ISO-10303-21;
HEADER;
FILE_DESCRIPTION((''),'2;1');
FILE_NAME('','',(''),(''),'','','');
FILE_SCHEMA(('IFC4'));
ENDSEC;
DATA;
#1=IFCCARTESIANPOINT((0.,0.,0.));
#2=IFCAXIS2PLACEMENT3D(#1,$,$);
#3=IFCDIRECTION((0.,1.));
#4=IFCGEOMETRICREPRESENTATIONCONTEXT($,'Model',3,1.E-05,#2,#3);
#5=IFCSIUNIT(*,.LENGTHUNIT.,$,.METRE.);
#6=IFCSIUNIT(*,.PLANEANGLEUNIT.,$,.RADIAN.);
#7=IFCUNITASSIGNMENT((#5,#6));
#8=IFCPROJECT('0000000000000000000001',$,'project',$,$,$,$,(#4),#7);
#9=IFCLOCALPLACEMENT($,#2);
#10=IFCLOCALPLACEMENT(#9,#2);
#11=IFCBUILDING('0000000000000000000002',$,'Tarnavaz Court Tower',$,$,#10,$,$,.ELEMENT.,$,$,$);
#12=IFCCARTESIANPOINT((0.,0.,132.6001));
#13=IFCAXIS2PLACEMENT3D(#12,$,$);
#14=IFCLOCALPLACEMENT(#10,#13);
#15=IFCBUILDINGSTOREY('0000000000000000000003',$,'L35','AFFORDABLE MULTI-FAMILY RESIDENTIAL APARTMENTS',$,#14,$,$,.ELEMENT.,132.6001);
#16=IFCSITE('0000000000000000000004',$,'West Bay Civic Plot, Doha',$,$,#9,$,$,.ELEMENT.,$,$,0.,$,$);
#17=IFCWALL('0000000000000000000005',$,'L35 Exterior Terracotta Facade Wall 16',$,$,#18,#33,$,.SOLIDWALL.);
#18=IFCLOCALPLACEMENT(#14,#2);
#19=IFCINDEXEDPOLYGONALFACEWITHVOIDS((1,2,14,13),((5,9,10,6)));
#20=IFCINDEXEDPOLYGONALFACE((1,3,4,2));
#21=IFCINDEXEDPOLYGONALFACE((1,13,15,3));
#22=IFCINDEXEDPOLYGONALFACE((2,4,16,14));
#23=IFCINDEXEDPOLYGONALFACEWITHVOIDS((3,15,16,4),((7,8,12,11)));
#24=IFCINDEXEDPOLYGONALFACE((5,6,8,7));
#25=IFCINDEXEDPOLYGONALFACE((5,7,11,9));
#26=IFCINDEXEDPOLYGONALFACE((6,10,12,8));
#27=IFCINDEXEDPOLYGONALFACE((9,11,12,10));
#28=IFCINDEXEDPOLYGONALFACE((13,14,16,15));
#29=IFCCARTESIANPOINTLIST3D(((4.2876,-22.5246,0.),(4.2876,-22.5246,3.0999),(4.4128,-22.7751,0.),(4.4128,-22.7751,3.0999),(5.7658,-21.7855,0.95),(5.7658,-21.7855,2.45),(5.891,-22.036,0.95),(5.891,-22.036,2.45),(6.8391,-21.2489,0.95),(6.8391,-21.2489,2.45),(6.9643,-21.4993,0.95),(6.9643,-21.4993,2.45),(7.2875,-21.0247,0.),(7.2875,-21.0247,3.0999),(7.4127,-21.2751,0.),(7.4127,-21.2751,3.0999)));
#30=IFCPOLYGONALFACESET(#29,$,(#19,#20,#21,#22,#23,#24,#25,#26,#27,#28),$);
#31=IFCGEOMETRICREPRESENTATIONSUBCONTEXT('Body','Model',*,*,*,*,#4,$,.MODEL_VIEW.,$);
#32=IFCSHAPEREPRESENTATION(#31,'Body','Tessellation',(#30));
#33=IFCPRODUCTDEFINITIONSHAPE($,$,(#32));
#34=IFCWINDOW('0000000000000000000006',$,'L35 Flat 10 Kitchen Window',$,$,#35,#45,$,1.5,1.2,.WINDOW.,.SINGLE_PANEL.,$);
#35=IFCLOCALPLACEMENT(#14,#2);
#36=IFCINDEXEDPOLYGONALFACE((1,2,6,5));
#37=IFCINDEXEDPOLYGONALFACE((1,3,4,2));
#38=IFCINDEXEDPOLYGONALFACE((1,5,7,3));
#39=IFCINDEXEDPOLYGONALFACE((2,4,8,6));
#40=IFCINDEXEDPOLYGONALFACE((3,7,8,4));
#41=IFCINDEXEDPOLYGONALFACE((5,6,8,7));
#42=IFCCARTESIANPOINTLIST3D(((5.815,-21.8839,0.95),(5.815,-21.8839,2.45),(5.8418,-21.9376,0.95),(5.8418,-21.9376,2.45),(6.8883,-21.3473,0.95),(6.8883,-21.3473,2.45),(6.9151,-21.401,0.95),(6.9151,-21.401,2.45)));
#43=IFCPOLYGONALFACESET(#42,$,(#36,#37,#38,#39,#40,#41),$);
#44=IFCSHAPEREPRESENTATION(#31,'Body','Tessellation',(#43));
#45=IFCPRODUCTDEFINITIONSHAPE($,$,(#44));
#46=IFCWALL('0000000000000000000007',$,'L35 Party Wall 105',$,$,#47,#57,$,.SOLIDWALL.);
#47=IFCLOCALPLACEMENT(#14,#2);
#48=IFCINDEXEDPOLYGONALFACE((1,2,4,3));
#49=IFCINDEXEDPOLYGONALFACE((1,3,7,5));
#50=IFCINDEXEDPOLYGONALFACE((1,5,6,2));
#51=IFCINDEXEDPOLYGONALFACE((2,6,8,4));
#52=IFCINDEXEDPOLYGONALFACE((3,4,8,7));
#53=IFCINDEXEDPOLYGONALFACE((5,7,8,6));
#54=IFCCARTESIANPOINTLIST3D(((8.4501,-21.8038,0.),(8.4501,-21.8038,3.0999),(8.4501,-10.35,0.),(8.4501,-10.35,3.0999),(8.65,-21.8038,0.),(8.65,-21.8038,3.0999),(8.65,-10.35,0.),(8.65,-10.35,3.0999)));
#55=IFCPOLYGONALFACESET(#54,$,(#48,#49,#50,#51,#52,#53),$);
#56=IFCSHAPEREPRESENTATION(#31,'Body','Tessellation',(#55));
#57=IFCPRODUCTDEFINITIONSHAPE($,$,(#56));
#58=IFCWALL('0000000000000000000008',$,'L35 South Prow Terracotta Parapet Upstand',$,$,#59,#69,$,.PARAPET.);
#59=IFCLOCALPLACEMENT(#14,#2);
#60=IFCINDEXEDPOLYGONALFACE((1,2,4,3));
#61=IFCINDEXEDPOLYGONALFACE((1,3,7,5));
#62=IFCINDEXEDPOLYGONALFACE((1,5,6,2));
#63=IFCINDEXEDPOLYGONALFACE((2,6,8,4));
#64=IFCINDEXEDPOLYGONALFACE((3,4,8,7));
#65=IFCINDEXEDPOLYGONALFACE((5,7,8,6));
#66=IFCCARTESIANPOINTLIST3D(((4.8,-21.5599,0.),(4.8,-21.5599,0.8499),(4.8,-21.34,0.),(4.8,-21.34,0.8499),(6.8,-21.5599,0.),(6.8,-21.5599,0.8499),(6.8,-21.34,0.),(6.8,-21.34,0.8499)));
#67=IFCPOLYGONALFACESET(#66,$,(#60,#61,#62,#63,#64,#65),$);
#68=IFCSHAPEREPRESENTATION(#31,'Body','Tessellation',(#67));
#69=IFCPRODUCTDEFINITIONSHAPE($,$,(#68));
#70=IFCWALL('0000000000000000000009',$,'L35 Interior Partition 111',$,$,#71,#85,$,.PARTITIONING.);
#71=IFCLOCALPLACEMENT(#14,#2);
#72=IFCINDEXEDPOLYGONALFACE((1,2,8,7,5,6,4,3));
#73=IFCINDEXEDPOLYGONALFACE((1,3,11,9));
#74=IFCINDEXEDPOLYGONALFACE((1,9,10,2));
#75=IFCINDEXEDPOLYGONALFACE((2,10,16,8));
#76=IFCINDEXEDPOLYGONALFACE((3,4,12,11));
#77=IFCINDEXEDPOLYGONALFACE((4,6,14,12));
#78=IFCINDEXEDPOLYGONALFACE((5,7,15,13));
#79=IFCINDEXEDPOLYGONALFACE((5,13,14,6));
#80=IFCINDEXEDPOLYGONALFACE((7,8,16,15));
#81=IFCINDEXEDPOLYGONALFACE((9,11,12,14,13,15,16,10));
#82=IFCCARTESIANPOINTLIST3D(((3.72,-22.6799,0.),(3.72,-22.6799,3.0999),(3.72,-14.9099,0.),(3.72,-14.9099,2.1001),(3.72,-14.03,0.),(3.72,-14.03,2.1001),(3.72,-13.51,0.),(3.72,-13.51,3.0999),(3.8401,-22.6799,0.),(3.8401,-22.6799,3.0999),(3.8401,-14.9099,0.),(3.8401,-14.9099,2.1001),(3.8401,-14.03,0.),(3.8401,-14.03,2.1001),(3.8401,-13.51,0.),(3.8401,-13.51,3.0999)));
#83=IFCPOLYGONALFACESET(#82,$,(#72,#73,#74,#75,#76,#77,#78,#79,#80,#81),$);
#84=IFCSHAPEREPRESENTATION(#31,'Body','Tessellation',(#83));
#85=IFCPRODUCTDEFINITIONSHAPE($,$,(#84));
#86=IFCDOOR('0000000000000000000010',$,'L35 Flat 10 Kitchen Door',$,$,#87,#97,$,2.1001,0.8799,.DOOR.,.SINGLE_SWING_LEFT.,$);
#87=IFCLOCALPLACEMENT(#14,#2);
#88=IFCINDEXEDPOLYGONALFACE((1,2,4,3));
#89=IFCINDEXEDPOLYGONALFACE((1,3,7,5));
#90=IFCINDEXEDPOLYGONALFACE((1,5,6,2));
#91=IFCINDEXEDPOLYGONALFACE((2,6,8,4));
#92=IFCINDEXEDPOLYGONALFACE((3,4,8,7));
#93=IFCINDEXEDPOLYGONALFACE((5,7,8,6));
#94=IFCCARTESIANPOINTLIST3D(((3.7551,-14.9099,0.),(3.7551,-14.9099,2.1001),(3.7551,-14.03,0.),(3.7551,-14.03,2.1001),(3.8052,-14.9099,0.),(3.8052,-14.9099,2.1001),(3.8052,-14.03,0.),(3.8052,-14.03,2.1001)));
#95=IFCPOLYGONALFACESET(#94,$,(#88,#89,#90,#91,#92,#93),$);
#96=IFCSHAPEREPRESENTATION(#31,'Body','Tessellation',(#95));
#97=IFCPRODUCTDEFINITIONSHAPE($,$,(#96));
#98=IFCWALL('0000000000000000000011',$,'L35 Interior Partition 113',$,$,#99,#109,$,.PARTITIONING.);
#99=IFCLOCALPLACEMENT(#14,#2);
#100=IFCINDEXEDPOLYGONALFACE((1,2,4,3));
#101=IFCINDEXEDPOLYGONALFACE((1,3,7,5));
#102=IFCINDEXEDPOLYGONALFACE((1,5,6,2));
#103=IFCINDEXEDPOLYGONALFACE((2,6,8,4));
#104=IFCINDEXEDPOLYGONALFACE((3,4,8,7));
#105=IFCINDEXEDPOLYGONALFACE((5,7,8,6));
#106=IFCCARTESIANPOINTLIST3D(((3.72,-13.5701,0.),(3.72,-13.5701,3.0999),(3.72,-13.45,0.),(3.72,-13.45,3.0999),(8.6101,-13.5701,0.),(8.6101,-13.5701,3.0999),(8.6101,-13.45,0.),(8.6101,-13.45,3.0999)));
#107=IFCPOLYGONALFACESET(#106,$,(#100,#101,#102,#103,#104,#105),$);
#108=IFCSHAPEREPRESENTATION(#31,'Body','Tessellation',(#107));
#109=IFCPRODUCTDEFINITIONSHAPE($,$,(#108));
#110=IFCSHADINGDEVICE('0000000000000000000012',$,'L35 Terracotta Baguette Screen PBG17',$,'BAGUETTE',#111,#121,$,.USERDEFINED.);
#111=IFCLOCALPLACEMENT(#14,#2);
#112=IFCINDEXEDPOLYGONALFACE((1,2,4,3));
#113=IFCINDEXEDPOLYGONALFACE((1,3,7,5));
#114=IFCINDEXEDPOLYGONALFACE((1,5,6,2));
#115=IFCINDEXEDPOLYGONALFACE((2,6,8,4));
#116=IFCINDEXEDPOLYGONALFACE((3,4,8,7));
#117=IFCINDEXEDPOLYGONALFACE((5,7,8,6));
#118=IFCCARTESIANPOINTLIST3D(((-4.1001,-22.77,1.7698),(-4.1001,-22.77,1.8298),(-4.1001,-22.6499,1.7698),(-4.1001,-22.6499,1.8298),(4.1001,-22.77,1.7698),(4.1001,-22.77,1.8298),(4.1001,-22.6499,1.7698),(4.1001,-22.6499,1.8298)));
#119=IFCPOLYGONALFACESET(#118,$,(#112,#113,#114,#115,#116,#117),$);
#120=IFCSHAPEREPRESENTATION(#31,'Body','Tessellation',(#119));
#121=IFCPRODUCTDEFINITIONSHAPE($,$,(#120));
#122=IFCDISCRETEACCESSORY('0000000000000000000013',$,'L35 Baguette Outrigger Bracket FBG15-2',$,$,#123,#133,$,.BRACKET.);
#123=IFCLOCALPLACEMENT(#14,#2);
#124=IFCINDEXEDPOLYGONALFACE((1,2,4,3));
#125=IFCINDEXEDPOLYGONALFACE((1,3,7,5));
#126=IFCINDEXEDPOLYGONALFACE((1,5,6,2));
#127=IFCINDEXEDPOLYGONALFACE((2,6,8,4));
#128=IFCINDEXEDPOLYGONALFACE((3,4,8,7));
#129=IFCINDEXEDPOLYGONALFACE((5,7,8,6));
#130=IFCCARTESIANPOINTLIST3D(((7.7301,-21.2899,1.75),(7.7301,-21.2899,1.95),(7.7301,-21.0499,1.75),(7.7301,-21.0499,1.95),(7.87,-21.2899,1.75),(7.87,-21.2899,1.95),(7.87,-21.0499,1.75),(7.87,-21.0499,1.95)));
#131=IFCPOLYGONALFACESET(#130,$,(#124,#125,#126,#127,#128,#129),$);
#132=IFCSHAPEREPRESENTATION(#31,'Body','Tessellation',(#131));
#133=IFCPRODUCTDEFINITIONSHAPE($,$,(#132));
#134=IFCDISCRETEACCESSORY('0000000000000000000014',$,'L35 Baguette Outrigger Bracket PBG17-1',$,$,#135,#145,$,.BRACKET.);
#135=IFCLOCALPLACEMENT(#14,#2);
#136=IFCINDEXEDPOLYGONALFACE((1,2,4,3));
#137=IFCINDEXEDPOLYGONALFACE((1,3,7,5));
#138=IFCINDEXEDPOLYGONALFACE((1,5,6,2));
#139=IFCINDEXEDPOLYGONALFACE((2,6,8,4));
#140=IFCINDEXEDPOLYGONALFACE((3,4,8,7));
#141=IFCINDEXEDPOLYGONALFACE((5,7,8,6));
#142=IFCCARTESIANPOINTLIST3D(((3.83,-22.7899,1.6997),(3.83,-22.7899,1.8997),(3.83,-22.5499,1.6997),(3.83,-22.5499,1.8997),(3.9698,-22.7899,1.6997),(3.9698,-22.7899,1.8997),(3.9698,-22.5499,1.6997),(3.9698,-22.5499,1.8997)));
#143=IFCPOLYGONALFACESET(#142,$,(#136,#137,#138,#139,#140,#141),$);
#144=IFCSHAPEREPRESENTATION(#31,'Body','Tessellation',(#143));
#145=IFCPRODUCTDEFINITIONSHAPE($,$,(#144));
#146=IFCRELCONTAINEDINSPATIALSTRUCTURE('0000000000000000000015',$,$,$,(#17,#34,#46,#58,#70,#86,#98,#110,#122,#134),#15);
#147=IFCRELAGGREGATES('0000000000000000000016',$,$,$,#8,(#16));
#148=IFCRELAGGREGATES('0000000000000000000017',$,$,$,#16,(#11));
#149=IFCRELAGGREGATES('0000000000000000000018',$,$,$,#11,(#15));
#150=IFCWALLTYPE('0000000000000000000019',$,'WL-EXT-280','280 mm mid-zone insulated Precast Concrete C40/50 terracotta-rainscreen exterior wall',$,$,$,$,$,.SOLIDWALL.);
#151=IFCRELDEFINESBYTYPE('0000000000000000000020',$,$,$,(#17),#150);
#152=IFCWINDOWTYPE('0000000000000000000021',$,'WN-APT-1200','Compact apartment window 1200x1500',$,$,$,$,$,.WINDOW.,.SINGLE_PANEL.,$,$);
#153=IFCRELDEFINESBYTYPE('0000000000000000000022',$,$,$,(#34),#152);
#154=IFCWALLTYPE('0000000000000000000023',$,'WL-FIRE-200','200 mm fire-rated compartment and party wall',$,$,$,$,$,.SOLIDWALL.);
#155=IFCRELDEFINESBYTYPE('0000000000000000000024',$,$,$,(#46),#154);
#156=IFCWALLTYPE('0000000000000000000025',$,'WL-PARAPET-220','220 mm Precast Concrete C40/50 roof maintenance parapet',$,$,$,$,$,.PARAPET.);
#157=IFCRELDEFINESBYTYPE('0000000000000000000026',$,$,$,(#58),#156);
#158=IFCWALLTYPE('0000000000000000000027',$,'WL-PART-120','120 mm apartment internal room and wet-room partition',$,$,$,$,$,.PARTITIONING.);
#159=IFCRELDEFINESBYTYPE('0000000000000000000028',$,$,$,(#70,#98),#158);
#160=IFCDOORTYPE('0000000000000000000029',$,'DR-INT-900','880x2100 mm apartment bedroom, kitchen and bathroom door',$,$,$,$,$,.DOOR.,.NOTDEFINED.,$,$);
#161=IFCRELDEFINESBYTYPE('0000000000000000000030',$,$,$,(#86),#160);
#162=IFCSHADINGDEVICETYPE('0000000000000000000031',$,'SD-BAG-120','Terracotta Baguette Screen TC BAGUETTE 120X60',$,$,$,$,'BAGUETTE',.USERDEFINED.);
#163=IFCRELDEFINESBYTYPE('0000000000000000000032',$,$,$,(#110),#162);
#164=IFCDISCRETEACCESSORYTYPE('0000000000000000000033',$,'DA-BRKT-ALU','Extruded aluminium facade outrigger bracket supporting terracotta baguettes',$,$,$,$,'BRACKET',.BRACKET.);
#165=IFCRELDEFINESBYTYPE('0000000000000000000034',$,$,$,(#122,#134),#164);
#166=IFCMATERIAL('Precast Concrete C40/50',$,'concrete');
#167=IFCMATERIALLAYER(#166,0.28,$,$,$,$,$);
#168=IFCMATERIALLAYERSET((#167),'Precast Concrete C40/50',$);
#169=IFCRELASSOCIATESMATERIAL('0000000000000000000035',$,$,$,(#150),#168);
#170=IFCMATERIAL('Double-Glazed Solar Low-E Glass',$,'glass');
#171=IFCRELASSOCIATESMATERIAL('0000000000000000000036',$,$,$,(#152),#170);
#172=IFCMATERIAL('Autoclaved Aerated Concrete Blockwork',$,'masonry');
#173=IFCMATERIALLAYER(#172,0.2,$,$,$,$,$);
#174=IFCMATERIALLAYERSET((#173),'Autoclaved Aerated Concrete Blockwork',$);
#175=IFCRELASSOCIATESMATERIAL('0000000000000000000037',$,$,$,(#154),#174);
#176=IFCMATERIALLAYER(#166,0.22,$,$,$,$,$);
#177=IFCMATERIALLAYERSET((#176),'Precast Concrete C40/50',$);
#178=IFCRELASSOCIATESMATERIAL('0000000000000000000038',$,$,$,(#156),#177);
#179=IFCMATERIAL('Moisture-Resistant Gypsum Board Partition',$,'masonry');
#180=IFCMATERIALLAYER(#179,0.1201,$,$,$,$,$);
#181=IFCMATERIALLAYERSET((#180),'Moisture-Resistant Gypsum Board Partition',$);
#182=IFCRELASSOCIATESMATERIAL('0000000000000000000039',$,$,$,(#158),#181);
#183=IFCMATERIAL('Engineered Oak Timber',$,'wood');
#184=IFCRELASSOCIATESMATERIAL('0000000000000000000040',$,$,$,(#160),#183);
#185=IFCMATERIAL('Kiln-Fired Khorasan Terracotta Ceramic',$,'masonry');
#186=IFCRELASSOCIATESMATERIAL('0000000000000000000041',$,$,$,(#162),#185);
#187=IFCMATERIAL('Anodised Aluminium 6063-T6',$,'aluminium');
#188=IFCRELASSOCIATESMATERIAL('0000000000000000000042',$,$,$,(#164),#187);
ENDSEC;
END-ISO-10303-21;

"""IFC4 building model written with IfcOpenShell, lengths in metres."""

from ifc_helpers import new_model, si_unit, direction, frame, frame_2d, origin, origin_2d, place, context, subcontext, project, spatial, rectangle, extrude, material, layer, layer_set, material_profile, profile_set, type_object, element, fill, save


model = new_model("IFC4")

# Units and contexts
model_context = context("Model", 3, precision=1e-05, world=origin(), true_north=direction((0.0, 1.0)))
body_context = subcontext(model_context, "Body", "Model", "MODEL_VIEW")
ifc_project = project(units=[si_unit("LENGTHUNIT", "METRE"), si_unit("PLANEANGLEUNIT", "RADIAN")], contexts=[model_context])

# Site, building, storey
site_placement = place(None, origin())
site = spatial("IfcSite", under=ifc_project, at=site_placement, Name="West Bay Civic Plot, Doha", CompositionType="ELEMENT", RefElevation=0.0)
building_placement = place(site_placement, origin())
building = spatial("IfcBuilding", under=site, at=building_placement, Name="Tarnavaz Court Tower", CompositionType="ELEMENT")
storey_placement = place(building_placement, frame((0.0, 0.0, 132.6001)))
storey = spatial("IfcBuildingStorey", under=building, at=storey_placement, Name="L35", Description="AFFORDABLE MULTI-FAMILY RESIDENTIAL APARTMENTS", CompositionType="ELEMENT", Elevation=132.6001)

# Shared definitions
ifc_material_1 = material(Name="Anodised Aluminium 6063-T6", Category="aluminium")
ifc_material_2 = material(Name="Double-Glazed Solar Low-E Glass", Category="glass")

# Wall, opening, window
ifc_material_3 = material(Name="Precast Concrete C40/50", Category="concrete")
ifc_layer_1 = layer(ifc_material_3, 0.28)
ifc_layer_set_1 = layer_set([ifc_layer_1], Name="Precast Concrete C40/50")
wall_type_1 = type_object("IfcWallType", Name="WL-EXT-280", Description="280 mm mid-zone insulated Precast Concrete C40/50 terracotta-rainscreen exterior wall", PredefinedType="SOLIDWALL", material=ifc_layer_set_1)
wall_1_placement = place(storey_placement, frame((7.3501, -21.1499, 0.0), z_axis=(0.0, 0.0, 1.0), x_axis=(-0.894427, -0.447214, 0.0)))
wall_1 = element("IfcWall", 1, at=wall_1_placement, inside=storey, type_object=wall_type_1, Name="L35 Exterior Terracotta Facade Wall 16", PredefinedType="SOLIDWALL", context=body_context, shape_type="SweptSolid", body=[
    extrude(rectangle(XDim=3.354, YDim=0.28, at=frame_2d((1.677, 0.0))), origin(), (0.0, 0.0, 1.0), 3.0999),
])
opening_1_placement = place(wall_1_placement, frame((0.5012, 0.0, 0.95)))
opening_1 = element("IfcOpeningElement", 2, at=opening_1_placement, cuts=wall_1, PredefinedType="OPENING", context=body_context, shape_type="SweptSolid", body=[
    extrude(rectangle(XDim=1.2, YDim=1.5, at=frame_2d((0.6001, 0.75))), frame((0.0, 0.1499, 0.0), z_axis=(0.0, -1.0, 0.0), x_axis=(1.0, 0.0, 0.0)), (0.0, 0.0, 1.0), 0.3),
])
window_type = type_object("IfcWindowType", Name="WN-APT-1200", Description="Compact apartment window 1200x1500", PartitioningType="SINGLE_PANEL", PredefinedType="WINDOW", material=ifc_material_2)
window_placement = place(opening_1_placement, origin())
window = element("IfcWindow", 3, at=window_placement, inside=storey, type_object=window_type, Name="L35 Flat 10 Kitchen Window", OverallHeight=1.5, OverallWidth=1.2, PartitioningType="SINGLE_PANEL", PredefinedType="WINDOW", context=body_context, shape_type="SweptSolid", body=[
    extrude(rectangle(XDim=1.2, YDim=1.5, at=frame_2d((0.6001, 0.75))), frame((0.0, 0.03, 0.0), z_axis=(0.0, -1.0, 0.0), x_axis=(1.0, 0.0, 0.0)), (0.0, 0.0, 1.0), 0.0601),
])
fill(opening_1, window)

# Walls
ifc_material_4 = material(Name="Autoclaved Aerated Concrete Blockwork", Category="masonry")
ifc_layer_2 = layer(ifc_material_4, 0.2)
ifc_layer_set_2 = layer_set([ifc_layer_2], Name="Autoclaved Aerated Concrete Blockwork")
wall_type_2 = type_object("IfcWallType", Name="WL-FIRE-200", Description="200 mm fire-rated compartment and party wall", PredefinedType="SOLIDWALL", material=ifc_layer_set_2)
wall_2_placement = place(storey_placement, frame((8.55, -21.804, 0.0), z_axis=(0.0, 0.0, 1.0), x_axis=(0.0, 1.0, 0.0)))
element("IfcWall", 4, at=wall_2_placement, inside=storey, type_object=wall_type_2, Name="L35 Party Wall 105", PredefinedType="SOLIDWALL", context=body_context, shape_type="SweptSolid", body=[
    extrude(rectangle(XDim=11.4539, YDim=0.2, at=frame_2d((5.7271, 0.0))), origin(), (0.0, 0.0, 1.0), 3.0999),
])
ifc_layer_3 = layer(ifc_material_3, 0.22)
ifc_layer_set_3 = layer_set([ifc_layer_3], Name="Precast Concrete C40/50")
wall_type_3 = type_object("IfcWallType", Name="WL-PARAPET-220", Description="220 mm Precast Concrete C40/50 roof maintenance parapet", PredefinedType="PARAPET", material=ifc_layer_set_3)
wall_3_placement = place(storey_placement, frame((4.8, -21.45, 0.0), z_axis=(0.0, 0.0, 1.0), x_axis=(1.0, 0.0, 0.0)))
element("IfcWall", 5, at=wall_3_placement, inside=storey, type_object=wall_type_3, Name="L35 South Prow Terracotta Parapet Upstand", PredefinedType="PARAPET", context=body_context, shape_type="SweptSolid", body=[
    extrude(rectangle(XDim=2.0, YDim=0.22, at=frame_2d((1.0, 0.0))), origin(), (0.0, 0.0, 1.0), 0.8499),
])

# Wall, opening, door
ifc_material_5 = material(Name="Moisture-Resistant Gypsum Board Partition", Category="masonry")
ifc_layer_4 = layer(ifc_material_5, 0.1201)
ifc_layer_set_4 = layer_set([ifc_layer_4], Name="Moisture-Resistant Gypsum Board Partition")
wall_type_4 = type_object("IfcWallType", Name="WL-PART-120", Description="120 mm apartment internal room and wet-room partition", PredefinedType="PARTITIONING", material=ifc_layer_set_4)
wall_4_placement = place(storey_placement, frame((3.78, -22.6799, 0.0), z_axis=(0.0, 0.0, 1.0), x_axis=(0.0, 1.0, 0.0)))
wall_4 = element("IfcWall", 6, at=wall_4_placement, inside=storey, type_object=wall_type_4, Name="L35 Interior Partition 111", PredefinedType="PARTITIONING", context=body_context, shape_type="SweptSolid", body=[
    extrude(rectangle(XDim=9.1699, YDim=0.1201, at=frame_2d((4.585, 0.0))), origin(), (0.0, 0.0, 1.0), 3.0999),
])
opening_2_placement = place(wall_4_placement, frame((7.77, 0.0, 0.0)))
opening_2 = element("IfcOpeningElement", 7, at=opening_2_placement, cuts=wall_4, PredefinedType="OPENING", context=body_context, shape_type="SweptSolid", body=[
    extrude(rectangle(XDim=0.8799, YDim=2.1001, at=frame_2d((0.4399, 1.05))), frame((0.0, 0.0701, 0.0), z_axis=(0.0, -1.0, 0.0), x_axis=(1.0, 0.0, 0.0)), (0.0, 0.0, 1.0), 0.1401),
])
ifc_material_6 = material(Name="Engineered Oak Timber", Category="wood")
door_type = type_object("IfcDoorType", Name="DR-INT-900", Description="880x2100 mm apartment bedroom, kitchen and bathroom door", OperationType="NOTDEFINED", PredefinedType="DOOR", material=ifc_material_6)
door_placement = place(opening_2_placement, origin())
door = element("IfcDoor", 8, at=door_placement, inside=storey, type_object=door_type, Name="L35 Flat 10 Kitchen Door", OperationType="SINGLE_SWING_LEFT", OverallHeight=2.1001, OverallWidth=0.8799, PredefinedType="DOOR", context=body_context, shape_type="SweptSolid", body=[
    extrude(rectangle(XDim=0.8799, YDim=2.1001, at=frame_2d((0.4399, 1.05))), frame((0.0, 0.0249, 0.0), z_axis=(0.0, -1.0, 0.0), x_axis=(1.0, 0.0, 0.0)), (0.0, 0.0, 1.0), 0.05),
])
fill(opening_2, door)

# Wall
wall_5_placement = place(storey_placement, frame((3.72, -13.51, 0.0), z_axis=(0.0, 0.0, 1.0), x_axis=(1.0, 0.0, 0.0)))
element("IfcWall", 9, at=wall_5_placement, inside=storey, type_object=wall_type_4, Name="L35 Interior Partition 113", PredefinedType="PARTITIONING", context=body_context, shape_type="SweptSolid", body=[
    extrude(rectangle(XDim=4.8901, YDim=0.1201, at=frame_2d((2.4451, 0.0))), origin(), (0.0, 0.0, 1.0), 3.0999),
])

# Shading device
ifc_material_7 = material(Name="Kiln-Fired Khorasan Terracotta Ceramic", Category="masonry")
ifc_material_profile_1 = material_profile(ifc_material_7, rectangle(XDim=0.1201, YDim=0.0601, at=origin_2d()), Name="TC BAGUETTE 120X60")
ifc_profile_set_1 = profile_set([ifc_material_profile_1], Name="Kiln-Fired Khorasan Terracotta Ceramic")
shading_device_type = type_object("IfcShadingDeviceType", Name="SD-BAG-120", Description="Terracotta Baguette Screen TC BAGUETTE 120X60", ElementType="BAGUETTE", PredefinedType="USERDEFINED", material=ifc_profile_set_1)
shading_device_placement = place(storey_placement, frame((4.1001, -22.71, 1.7998), z_axis=(-1.0, 0.0, 0.0), x_axis=(0.0, -1.0, 0.0)))
element("IfcShadingDevice", 10, at=shading_device_placement, inside=storey, type_object=shading_device_type, Name="L35 Terracotta Baguette Screen PBG17", ObjectType="BAGUETTE", PredefinedType="USERDEFINED", context=body_context, shape_type="SweptSolid", body=[
    extrude(rectangle(XDim=0.1201, YDim=0.0601, at=origin_2d()), origin(), (0.0, 0.0, 1.0), 8.2002),
])

# Discrete accessories
discrete_accessory_type = type_object("IfcDiscreteAccessoryType", Name="DA-BRKT-ALU", Description="Extruded aluminium facade outrigger bracket supporting terracotta baguettes", ElementType="BRACKET", PredefinedType="BRACKET", material=ifc_material_1)
for number, where, z_axis, x_axis, name in (
    (11, (7.8, -21.1699, 1.75), (0.0, 0.0, 1.0), (-1.0, 0.0, 0.0), "L35 Baguette Outrigger Bracket FBG15-2"),
    (12, (3.8999, -22.6699, 1.6997), (0.0, 0.0, 1.0), (-1.0, 0.0, 0.0), "L35 Baguette Outrigger Bracket PBG17-1"),
):
    element("IfcDiscreteAccessory", number, at=place(storey_placement, frame(where, z_axis=z_axis, x_axis=x_axis)), inside=storey, type_object=discrete_accessory_type, Name=name, PredefinedType="BRACKET", context=body_context, shape_type="SweptSolid", body=[
        extrude(rectangle(XDim=0.1399, YDim=0.24, at=origin_2d()), origin(), (0.0, 0.0, 1.0), 0.2),
    ])

save(model, "model.ifc")
